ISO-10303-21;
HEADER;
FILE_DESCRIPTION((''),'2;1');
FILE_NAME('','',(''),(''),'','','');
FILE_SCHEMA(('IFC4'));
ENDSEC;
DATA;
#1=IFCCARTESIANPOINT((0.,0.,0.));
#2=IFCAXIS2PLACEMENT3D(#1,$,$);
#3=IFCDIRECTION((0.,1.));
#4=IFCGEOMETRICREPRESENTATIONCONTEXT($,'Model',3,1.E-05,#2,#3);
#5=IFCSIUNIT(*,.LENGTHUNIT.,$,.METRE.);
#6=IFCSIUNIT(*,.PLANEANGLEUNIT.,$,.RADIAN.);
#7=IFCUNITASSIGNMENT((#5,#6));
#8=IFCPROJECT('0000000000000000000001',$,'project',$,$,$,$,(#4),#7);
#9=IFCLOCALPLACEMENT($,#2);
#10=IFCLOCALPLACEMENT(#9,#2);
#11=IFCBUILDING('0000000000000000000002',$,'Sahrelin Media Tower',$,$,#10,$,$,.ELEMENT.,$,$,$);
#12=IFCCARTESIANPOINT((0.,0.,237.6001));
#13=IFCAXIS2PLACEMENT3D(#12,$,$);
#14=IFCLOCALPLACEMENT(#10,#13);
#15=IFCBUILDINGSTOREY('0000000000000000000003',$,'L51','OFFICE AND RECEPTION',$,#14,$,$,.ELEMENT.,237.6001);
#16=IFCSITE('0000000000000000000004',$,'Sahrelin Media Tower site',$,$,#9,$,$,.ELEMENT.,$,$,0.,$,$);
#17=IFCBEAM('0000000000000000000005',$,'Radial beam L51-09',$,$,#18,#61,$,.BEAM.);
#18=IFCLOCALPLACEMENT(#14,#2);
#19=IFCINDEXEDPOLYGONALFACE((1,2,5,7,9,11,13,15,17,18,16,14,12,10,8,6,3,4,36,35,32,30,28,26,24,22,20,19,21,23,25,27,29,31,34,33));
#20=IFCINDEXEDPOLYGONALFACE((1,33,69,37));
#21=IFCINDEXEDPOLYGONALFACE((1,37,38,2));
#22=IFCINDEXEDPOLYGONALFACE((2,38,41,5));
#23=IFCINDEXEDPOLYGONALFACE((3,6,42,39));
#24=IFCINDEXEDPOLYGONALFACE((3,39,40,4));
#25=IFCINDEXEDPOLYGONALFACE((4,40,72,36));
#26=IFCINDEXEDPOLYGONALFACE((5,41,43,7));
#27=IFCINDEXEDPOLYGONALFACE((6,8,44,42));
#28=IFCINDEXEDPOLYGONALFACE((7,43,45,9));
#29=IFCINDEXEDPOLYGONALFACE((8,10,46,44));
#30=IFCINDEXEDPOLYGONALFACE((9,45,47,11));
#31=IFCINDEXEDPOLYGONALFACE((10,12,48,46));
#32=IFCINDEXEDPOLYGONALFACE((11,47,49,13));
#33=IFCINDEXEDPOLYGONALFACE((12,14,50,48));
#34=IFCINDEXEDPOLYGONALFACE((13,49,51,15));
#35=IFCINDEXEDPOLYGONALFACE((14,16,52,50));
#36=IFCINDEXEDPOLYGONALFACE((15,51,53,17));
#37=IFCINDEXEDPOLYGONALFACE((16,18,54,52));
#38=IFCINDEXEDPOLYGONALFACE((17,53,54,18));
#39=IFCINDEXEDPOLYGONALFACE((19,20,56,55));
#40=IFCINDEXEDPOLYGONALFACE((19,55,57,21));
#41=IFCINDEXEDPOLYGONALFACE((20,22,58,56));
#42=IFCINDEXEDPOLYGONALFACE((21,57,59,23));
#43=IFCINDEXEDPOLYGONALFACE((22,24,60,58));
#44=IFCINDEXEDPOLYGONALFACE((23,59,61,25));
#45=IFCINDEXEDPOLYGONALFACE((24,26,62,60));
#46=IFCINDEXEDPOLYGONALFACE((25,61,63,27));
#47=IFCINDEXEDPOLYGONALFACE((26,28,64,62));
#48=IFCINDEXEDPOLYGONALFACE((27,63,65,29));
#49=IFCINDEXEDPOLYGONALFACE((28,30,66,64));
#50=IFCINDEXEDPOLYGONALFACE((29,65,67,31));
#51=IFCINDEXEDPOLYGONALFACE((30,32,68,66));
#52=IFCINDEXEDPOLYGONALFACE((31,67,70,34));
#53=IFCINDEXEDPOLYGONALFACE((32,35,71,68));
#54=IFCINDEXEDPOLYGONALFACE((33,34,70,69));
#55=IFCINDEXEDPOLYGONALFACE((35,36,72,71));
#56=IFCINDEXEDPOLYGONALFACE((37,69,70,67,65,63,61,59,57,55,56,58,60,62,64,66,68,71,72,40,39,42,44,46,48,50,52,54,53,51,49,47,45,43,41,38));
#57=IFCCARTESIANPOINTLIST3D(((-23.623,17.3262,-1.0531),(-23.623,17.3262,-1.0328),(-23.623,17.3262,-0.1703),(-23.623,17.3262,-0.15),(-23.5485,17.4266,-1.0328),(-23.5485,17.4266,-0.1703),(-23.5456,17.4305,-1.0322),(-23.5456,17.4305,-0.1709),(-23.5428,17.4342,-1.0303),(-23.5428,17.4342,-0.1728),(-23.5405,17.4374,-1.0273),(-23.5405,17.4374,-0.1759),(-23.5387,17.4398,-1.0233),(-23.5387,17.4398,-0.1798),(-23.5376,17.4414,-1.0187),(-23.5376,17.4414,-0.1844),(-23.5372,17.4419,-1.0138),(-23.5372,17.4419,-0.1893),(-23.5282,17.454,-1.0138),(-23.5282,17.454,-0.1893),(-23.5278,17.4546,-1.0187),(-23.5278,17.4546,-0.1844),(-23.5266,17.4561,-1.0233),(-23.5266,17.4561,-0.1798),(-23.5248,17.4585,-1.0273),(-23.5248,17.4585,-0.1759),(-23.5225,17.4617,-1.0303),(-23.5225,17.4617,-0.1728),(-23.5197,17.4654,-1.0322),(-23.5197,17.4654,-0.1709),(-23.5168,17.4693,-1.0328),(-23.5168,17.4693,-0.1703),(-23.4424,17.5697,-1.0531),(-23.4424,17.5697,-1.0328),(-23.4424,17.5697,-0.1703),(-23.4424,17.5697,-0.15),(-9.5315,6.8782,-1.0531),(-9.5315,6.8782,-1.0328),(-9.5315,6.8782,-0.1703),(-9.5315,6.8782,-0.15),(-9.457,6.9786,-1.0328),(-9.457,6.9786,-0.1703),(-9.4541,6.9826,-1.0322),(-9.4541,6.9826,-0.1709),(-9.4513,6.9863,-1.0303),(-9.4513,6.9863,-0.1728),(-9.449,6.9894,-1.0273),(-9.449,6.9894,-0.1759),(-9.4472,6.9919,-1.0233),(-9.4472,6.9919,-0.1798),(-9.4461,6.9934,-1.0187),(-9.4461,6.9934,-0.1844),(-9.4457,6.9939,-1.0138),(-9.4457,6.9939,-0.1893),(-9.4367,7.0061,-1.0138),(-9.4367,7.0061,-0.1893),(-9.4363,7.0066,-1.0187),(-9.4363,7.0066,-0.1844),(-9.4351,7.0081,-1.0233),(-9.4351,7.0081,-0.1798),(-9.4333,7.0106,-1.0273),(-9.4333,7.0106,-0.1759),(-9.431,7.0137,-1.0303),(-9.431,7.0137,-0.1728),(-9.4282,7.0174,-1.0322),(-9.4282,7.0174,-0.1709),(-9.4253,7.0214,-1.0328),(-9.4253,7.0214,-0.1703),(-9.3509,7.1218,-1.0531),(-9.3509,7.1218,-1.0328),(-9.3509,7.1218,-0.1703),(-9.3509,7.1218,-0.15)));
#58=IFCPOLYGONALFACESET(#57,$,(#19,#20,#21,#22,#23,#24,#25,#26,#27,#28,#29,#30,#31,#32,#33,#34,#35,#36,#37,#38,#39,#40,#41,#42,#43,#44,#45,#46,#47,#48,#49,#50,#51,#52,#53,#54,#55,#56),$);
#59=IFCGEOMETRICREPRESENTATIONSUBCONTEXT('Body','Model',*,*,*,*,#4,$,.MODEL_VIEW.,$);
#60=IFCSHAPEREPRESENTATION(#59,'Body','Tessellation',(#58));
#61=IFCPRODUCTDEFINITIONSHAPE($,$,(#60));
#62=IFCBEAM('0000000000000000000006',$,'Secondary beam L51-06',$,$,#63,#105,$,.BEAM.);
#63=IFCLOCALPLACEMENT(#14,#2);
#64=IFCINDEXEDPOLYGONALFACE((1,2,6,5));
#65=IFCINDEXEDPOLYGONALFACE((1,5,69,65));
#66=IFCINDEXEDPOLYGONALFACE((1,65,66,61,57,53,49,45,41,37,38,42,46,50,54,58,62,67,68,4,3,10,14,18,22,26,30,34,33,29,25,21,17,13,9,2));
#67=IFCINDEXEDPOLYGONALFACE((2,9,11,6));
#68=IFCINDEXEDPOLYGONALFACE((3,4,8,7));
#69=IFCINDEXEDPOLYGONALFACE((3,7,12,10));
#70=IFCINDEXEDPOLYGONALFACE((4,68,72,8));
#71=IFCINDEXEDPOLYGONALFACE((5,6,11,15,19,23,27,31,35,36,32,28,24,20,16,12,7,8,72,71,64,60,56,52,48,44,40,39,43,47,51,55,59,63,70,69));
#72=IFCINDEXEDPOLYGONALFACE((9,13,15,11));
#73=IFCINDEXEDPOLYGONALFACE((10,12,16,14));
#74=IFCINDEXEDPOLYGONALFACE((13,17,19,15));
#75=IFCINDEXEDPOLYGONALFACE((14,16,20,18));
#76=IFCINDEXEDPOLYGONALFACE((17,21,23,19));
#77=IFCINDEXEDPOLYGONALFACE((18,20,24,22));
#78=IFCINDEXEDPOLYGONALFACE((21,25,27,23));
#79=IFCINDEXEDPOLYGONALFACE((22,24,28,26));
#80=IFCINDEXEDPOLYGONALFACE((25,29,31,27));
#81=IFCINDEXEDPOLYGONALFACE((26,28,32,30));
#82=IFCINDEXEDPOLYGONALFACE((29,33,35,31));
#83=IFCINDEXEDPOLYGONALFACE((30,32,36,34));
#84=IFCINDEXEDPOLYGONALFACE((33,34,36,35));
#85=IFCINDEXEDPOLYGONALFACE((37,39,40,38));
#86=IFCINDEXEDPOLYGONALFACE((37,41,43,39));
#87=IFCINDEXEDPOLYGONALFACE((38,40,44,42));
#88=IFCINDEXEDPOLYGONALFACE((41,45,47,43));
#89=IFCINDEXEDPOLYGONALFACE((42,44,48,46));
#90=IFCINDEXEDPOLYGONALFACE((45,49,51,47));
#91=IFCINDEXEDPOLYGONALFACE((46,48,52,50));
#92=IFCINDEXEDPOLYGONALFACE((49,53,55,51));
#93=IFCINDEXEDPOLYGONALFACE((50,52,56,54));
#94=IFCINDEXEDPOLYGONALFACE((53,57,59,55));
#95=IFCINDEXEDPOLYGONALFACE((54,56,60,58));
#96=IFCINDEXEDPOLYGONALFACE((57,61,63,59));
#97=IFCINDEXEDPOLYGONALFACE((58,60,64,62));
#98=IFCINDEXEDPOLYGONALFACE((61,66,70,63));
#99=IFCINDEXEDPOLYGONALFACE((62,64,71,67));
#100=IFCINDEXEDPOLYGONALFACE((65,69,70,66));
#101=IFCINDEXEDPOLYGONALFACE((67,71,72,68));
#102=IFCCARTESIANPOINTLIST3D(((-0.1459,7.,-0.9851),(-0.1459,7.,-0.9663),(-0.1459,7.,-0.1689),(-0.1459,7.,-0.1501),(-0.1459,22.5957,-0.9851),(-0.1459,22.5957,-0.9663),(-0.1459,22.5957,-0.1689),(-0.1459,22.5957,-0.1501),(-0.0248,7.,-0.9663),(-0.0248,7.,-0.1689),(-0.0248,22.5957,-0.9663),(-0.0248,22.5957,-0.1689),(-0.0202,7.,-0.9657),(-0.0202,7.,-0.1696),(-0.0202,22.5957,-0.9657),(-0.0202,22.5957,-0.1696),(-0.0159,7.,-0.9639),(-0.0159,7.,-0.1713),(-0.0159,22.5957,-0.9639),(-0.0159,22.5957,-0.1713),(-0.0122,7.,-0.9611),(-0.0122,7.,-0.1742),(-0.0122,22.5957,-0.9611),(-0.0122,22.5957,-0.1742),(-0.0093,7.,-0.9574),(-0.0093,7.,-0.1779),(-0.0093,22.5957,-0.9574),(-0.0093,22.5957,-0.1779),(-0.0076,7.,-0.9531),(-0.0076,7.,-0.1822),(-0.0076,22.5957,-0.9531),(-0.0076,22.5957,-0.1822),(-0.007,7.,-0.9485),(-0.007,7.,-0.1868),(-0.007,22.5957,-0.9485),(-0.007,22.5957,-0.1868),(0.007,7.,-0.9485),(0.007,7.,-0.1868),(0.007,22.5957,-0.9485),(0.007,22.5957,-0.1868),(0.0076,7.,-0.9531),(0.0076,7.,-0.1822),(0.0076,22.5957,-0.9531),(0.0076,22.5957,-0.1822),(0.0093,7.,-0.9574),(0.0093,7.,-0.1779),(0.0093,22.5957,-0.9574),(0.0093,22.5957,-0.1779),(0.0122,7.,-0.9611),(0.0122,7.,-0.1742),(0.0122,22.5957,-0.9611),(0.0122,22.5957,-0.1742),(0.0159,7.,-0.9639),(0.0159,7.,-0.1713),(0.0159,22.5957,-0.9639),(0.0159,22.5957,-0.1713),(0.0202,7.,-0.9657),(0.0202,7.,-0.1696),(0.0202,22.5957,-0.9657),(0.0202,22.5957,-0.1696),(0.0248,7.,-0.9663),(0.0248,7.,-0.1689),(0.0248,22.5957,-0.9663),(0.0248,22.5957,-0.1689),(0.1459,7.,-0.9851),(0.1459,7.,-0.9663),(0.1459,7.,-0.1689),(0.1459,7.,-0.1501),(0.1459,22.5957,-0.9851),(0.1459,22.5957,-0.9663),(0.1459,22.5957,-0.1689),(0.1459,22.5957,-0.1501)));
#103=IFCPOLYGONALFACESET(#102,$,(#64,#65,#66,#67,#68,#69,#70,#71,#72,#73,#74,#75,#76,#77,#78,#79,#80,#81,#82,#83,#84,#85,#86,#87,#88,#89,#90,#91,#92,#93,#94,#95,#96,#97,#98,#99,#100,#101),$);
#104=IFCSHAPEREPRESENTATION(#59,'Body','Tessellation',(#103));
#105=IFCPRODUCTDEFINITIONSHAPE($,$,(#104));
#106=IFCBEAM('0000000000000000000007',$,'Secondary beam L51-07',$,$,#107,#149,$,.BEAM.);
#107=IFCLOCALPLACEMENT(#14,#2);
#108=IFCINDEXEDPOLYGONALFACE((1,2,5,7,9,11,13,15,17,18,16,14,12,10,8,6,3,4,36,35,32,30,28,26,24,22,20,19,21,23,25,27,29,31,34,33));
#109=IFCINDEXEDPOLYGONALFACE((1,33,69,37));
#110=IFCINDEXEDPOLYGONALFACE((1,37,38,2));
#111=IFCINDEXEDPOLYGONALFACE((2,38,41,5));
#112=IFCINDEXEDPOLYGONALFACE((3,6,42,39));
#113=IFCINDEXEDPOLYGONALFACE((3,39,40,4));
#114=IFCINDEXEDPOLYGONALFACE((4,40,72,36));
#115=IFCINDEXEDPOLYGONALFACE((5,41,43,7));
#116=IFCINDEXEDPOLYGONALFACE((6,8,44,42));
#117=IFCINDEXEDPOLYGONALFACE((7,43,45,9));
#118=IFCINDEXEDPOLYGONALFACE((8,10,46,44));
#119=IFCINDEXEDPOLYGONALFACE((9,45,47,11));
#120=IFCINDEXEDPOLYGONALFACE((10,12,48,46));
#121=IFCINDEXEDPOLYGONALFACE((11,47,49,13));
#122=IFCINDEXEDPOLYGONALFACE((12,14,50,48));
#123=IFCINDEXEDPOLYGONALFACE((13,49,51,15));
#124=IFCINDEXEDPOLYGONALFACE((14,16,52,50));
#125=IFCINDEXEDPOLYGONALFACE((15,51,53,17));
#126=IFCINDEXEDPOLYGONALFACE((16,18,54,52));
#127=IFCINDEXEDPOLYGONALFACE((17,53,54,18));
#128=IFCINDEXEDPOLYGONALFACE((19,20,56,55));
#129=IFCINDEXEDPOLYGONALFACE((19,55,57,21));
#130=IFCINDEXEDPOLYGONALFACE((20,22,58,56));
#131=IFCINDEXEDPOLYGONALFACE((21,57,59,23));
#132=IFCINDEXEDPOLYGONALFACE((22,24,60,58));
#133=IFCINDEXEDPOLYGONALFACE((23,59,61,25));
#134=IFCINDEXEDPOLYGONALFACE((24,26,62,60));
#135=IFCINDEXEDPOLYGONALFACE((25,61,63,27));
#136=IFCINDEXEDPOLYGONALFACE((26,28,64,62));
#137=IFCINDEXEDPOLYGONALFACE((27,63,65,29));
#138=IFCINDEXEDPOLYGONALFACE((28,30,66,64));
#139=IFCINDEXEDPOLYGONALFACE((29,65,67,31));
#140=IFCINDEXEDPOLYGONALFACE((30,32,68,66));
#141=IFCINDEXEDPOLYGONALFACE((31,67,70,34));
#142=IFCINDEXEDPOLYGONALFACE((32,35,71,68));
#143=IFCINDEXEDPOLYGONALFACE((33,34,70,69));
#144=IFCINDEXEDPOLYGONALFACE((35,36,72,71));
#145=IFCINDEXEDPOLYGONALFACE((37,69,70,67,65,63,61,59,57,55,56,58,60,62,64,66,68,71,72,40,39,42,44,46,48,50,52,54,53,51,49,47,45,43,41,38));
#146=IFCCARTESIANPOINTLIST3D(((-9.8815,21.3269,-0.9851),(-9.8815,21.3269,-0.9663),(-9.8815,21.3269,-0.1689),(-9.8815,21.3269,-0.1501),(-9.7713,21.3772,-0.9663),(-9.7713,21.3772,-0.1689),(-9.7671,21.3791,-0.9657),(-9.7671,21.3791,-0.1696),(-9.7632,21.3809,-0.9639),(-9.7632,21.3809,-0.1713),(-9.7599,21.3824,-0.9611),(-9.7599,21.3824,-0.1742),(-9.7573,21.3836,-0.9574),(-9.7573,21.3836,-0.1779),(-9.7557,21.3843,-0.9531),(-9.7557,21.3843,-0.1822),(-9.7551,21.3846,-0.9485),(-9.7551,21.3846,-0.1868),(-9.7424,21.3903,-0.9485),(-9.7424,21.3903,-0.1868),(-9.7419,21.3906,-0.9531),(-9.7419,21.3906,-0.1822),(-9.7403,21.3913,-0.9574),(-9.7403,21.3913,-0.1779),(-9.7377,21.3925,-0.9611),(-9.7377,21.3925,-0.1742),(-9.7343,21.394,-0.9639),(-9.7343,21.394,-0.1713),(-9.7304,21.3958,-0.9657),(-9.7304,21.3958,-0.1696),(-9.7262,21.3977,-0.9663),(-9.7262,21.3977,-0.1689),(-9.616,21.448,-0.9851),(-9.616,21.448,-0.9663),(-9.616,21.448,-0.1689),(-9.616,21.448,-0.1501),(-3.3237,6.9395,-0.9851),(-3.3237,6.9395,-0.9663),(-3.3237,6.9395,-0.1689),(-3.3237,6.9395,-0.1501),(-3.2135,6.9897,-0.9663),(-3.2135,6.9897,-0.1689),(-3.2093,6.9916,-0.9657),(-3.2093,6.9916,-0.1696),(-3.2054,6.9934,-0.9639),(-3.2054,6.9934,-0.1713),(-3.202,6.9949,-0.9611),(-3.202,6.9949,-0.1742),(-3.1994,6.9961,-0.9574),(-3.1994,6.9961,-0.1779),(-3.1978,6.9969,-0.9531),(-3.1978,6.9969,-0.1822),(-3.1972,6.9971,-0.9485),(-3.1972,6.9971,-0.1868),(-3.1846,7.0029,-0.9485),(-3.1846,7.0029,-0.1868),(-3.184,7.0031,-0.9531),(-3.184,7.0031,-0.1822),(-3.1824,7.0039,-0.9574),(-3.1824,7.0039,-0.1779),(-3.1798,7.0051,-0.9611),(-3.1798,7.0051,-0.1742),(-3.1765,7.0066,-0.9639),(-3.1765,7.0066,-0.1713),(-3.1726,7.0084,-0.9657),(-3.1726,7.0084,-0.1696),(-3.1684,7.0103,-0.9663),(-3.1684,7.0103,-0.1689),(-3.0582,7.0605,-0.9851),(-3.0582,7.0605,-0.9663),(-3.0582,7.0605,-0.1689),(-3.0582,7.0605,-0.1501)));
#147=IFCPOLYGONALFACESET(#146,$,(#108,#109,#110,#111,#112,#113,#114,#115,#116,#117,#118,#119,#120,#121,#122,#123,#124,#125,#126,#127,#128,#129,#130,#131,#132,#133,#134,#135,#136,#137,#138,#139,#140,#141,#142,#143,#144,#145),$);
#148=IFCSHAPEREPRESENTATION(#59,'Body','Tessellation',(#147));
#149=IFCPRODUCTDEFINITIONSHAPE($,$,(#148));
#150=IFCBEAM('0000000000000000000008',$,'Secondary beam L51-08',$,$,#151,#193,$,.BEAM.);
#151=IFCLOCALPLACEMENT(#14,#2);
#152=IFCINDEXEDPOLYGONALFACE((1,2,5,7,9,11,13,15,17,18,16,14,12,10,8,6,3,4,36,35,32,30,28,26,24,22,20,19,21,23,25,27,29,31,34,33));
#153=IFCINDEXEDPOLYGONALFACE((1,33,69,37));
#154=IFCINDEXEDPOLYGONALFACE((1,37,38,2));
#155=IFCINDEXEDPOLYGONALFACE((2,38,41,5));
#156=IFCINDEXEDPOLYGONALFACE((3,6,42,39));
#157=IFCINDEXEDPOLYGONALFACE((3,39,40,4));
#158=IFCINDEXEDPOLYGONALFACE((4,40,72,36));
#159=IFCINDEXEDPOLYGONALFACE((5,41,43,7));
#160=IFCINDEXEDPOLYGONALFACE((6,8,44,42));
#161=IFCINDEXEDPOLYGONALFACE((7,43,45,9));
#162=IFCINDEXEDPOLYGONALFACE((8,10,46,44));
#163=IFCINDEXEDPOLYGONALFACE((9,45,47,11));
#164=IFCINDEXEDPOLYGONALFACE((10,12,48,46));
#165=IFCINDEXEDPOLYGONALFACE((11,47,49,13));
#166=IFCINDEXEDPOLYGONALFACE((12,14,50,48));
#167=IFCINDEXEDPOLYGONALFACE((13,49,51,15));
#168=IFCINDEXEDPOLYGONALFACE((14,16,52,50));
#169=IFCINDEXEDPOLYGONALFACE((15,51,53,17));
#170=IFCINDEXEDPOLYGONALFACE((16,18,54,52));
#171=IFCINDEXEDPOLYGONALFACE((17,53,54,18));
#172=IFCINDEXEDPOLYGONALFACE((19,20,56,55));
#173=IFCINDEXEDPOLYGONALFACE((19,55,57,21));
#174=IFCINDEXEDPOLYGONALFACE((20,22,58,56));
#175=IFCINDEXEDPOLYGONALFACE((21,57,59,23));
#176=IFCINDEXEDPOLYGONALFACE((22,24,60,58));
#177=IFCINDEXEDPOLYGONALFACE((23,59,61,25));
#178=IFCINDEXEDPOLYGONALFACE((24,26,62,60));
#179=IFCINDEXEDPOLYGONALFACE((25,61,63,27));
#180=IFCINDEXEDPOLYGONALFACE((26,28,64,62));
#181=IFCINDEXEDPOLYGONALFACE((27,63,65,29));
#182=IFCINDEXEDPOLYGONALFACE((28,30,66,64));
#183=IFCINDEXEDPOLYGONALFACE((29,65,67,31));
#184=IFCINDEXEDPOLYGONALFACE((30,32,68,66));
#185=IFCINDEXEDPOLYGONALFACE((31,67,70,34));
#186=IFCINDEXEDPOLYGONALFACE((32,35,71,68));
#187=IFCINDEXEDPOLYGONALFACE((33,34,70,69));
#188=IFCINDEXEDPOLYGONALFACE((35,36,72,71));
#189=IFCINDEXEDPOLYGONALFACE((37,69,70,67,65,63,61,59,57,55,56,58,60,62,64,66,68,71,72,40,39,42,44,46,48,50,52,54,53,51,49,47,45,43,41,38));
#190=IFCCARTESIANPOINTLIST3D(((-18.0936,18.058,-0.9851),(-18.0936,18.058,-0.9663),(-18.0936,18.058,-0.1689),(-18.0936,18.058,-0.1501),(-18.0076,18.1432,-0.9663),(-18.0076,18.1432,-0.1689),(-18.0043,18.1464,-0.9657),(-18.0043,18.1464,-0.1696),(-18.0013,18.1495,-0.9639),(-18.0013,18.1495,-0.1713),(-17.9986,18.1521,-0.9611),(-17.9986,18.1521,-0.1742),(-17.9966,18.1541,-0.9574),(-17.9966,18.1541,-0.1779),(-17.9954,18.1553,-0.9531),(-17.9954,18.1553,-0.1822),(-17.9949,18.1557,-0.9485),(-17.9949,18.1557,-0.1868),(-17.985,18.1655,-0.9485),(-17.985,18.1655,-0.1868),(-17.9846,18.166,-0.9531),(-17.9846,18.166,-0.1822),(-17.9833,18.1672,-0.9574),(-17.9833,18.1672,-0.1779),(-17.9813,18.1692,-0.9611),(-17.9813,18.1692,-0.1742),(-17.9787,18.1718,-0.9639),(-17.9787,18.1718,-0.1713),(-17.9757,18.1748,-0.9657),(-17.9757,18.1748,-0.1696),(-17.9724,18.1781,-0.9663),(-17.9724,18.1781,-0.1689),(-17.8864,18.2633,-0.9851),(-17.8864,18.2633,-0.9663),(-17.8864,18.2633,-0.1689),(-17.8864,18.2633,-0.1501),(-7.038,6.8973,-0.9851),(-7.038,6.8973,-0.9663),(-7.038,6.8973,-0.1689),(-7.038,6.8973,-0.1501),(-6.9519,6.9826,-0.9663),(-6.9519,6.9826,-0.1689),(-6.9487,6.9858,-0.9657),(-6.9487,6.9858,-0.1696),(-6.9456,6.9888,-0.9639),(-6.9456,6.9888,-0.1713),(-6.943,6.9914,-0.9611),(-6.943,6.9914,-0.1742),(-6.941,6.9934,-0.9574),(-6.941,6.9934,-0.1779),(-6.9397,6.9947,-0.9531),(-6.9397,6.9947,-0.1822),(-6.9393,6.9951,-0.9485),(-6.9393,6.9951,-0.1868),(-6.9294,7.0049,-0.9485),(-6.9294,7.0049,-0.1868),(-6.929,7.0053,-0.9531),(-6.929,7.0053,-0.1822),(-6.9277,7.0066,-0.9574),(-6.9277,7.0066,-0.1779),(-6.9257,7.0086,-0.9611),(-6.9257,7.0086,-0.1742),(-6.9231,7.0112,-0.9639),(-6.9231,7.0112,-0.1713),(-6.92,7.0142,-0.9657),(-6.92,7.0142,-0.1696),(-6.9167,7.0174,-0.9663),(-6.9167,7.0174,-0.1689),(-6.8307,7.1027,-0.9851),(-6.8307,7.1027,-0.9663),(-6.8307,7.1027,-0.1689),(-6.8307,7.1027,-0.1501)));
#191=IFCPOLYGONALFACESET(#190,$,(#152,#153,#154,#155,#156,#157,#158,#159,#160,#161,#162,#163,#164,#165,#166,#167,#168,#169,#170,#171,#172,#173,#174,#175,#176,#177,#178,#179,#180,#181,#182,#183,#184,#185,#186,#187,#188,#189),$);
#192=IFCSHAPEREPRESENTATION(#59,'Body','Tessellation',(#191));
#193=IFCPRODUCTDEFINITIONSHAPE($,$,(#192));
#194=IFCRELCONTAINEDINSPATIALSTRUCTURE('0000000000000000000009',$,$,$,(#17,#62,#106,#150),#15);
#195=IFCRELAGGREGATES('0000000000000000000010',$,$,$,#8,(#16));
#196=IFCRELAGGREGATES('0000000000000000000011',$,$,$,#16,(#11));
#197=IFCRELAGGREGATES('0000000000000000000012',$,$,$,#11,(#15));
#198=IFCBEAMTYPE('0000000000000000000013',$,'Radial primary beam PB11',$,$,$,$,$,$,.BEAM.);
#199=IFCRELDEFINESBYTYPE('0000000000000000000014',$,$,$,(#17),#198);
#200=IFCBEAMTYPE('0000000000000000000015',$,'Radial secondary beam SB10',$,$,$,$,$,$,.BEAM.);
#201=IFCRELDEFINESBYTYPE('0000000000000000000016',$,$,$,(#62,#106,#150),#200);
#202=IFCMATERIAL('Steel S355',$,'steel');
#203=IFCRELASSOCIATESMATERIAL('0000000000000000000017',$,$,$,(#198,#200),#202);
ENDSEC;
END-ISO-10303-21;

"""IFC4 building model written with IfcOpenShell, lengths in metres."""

from ifc_helpers import new_model, si_unit, direction, frame, origin, origin_2d, place, context, subcontext, project, spatial, i_section, extrude, material, material_profile, profile_set, type_object, element, save


model = new_model("IFC4")

# Units and contexts
model_context = context("Model", 3, precision=1e-05, world=origin(), true_north=direction((0.0, 1.0)))
body_context = subcontext(model_context, "Body", "Model", "MODEL_VIEW")
ifc_project = project(units=[si_unit("LENGTHUNIT", "METRE"), si_unit("PLANEANGLEUNIT", "RADIAN")], contexts=[model_context])

# Site, building, storey
site_placement = place(None, origin())
site = spatial("IfcSite", under=ifc_project, at=site_placement, Name="Sahrelin Media Tower site", CompositionType="ELEMENT", RefElevation=0.0)
building_placement = place(site_placement, origin())
building = spatial("IfcBuilding", under=site, at=building_placement, Name="Sahrelin Media Tower", CompositionType="ELEMENT")
storey_placement = place(building_placement, frame((0.0, 0.0, 237.6001)))
storey = spatial("IfcBuildingStorey", under=building, at=storey_placement, Name="L51", Description="OFFICE AND RECEPTION", CompositionType="ELEMENT", Elevation=237.6001)

# Shared definitions
ifc_material_1 = material(Name="Steel S355", Category="steel")

# Beams
ifc_material_profile_1 = material_profile(ifc_material_1, i_section(OverallWidth=0.3032, OverallDepth=0.9031, WebThickness=0.0151, FlangeThickness=0.0203, FilletRadius=0.019, at=origin_2d()), Name="UB 914x305x201")
ifc_profile_set_1 = profile_set([ifc_material_profile_1], Name="Steel S355")
beam_type_1 = type_object("IfcBeamType", Name="Radial primary beam PB11", PredefinedType="BEAM", material=ifc_profile_set_1)
beam_1_placement = place(storey_placement, frame((-9.4412, 7.0, -0.6016), z_axis=(-0.80329, 0.595589, 0.0), x_axis=(-0.595589, -0.80329, 0.0)))
element("IfcBeam", 1, at=beam_1_placement, inside=storey, type_object=beam_type_1, Name="Radial beam L51-09", PredefinedType="BEAM", context=body_context, shape_type="SweptSolid", body=[
    extrude(i_section(OverallWidth=0.3032, OverallDepth=0.9031, WebThickness=0.0151, FlangeThickness=0.0203, FilletRadius=0.019, at=origin_2d()), origin(), (0.0, 0.0, 1.0), 17.5422),
])
ifc_material_profile_2 = material_profile(ifc_material_1, i_section(OverallWidth=0.2917, OverallDepth=0.835, WebThickness=0.0139, FlangeThickness=0.0188, FilletRadius=0.0178, at=origin_2d()), Name="UB 838x292x176")
ifc_profile_set_2 = profile_set([ifc_material_profile_2], Name="Steel S355")
beam_type_2 = type_object("IfcBeamType", Name="Radial secondary beam SB10", PredefinedType="BEAM", material=ifc_profile_set_2)
beam_2_placement = place(storey_placement, frame((0.0, 7.0, -0.5676), z_axis=(0.0, 1.0, 0.0), x_axis=(-1.0, 0.0, 0.0)))
element("IfcBeam", 2, at=beam_2_placement, inside=storey, type_object=beam_type_2, Name="Secondary beam L51-06", PredefinedType="BEAM", context=body_context, shape_type="SweptSolid", body=[
    extrude(i_section(OverallWidth=0.2917, OverallDepth=0.835, WebThickness=0.0139, FlangeThickness=0.0188, FilletRadius=0.0178, at=origin_2d()), origin(), (0.0, 0.0, 1.0), 15.5957),
])
beam_3_placement = place(storey_placement, frame((-3.1909, 7.0, -0.5676), z_axis=(-0.414752, 0.909934, 0.0), x_axis=(-0.909934, -0.414752, 0.0)))
element("IfcBeam", 3, at=beam_3_placement, inside=storey, type_object=beam_type_2, Name="Secondary beam L51-07", PredefinedType="BEAM", context=body_context, shape_type="SweptSolid", body=[
    extrude(i_section(OverallWidth=0.2917, OverallDepth=0.835, WebThickness=0.0139, FlangeThickness=0.0188, FilletRadius=0.0178, at=origin_2d()), origin(), (0.0, 0.0, 1.0), 15.8115),
])
beam_4_placement = place(storey_placement, frame((-6.9343, 7.0, -0.5676), z_axis=(-0.703758, 0.71044, 0.0), x_axis=(-0.71044, -0.703758, 0.0)))
element("IfcBeam", 4, at=beam_4_placement, inside=storey, type_object=beam_type_2, Name="Secondary beam L51-08", PredefinedType="BEAM", context=body_context, shape_type="SweptSolid", body=[
    extrude(i_section(OverallWidth=0.2917, OverallDepth=0.835, WebThickness=0.0139, FlangeThickness=0.0188, FilletRadius=0.0178, at=origin_2d()), origin(), (0.0, 0.0, 1.0), 15.7095),
])

save(model, "model.ifc")
